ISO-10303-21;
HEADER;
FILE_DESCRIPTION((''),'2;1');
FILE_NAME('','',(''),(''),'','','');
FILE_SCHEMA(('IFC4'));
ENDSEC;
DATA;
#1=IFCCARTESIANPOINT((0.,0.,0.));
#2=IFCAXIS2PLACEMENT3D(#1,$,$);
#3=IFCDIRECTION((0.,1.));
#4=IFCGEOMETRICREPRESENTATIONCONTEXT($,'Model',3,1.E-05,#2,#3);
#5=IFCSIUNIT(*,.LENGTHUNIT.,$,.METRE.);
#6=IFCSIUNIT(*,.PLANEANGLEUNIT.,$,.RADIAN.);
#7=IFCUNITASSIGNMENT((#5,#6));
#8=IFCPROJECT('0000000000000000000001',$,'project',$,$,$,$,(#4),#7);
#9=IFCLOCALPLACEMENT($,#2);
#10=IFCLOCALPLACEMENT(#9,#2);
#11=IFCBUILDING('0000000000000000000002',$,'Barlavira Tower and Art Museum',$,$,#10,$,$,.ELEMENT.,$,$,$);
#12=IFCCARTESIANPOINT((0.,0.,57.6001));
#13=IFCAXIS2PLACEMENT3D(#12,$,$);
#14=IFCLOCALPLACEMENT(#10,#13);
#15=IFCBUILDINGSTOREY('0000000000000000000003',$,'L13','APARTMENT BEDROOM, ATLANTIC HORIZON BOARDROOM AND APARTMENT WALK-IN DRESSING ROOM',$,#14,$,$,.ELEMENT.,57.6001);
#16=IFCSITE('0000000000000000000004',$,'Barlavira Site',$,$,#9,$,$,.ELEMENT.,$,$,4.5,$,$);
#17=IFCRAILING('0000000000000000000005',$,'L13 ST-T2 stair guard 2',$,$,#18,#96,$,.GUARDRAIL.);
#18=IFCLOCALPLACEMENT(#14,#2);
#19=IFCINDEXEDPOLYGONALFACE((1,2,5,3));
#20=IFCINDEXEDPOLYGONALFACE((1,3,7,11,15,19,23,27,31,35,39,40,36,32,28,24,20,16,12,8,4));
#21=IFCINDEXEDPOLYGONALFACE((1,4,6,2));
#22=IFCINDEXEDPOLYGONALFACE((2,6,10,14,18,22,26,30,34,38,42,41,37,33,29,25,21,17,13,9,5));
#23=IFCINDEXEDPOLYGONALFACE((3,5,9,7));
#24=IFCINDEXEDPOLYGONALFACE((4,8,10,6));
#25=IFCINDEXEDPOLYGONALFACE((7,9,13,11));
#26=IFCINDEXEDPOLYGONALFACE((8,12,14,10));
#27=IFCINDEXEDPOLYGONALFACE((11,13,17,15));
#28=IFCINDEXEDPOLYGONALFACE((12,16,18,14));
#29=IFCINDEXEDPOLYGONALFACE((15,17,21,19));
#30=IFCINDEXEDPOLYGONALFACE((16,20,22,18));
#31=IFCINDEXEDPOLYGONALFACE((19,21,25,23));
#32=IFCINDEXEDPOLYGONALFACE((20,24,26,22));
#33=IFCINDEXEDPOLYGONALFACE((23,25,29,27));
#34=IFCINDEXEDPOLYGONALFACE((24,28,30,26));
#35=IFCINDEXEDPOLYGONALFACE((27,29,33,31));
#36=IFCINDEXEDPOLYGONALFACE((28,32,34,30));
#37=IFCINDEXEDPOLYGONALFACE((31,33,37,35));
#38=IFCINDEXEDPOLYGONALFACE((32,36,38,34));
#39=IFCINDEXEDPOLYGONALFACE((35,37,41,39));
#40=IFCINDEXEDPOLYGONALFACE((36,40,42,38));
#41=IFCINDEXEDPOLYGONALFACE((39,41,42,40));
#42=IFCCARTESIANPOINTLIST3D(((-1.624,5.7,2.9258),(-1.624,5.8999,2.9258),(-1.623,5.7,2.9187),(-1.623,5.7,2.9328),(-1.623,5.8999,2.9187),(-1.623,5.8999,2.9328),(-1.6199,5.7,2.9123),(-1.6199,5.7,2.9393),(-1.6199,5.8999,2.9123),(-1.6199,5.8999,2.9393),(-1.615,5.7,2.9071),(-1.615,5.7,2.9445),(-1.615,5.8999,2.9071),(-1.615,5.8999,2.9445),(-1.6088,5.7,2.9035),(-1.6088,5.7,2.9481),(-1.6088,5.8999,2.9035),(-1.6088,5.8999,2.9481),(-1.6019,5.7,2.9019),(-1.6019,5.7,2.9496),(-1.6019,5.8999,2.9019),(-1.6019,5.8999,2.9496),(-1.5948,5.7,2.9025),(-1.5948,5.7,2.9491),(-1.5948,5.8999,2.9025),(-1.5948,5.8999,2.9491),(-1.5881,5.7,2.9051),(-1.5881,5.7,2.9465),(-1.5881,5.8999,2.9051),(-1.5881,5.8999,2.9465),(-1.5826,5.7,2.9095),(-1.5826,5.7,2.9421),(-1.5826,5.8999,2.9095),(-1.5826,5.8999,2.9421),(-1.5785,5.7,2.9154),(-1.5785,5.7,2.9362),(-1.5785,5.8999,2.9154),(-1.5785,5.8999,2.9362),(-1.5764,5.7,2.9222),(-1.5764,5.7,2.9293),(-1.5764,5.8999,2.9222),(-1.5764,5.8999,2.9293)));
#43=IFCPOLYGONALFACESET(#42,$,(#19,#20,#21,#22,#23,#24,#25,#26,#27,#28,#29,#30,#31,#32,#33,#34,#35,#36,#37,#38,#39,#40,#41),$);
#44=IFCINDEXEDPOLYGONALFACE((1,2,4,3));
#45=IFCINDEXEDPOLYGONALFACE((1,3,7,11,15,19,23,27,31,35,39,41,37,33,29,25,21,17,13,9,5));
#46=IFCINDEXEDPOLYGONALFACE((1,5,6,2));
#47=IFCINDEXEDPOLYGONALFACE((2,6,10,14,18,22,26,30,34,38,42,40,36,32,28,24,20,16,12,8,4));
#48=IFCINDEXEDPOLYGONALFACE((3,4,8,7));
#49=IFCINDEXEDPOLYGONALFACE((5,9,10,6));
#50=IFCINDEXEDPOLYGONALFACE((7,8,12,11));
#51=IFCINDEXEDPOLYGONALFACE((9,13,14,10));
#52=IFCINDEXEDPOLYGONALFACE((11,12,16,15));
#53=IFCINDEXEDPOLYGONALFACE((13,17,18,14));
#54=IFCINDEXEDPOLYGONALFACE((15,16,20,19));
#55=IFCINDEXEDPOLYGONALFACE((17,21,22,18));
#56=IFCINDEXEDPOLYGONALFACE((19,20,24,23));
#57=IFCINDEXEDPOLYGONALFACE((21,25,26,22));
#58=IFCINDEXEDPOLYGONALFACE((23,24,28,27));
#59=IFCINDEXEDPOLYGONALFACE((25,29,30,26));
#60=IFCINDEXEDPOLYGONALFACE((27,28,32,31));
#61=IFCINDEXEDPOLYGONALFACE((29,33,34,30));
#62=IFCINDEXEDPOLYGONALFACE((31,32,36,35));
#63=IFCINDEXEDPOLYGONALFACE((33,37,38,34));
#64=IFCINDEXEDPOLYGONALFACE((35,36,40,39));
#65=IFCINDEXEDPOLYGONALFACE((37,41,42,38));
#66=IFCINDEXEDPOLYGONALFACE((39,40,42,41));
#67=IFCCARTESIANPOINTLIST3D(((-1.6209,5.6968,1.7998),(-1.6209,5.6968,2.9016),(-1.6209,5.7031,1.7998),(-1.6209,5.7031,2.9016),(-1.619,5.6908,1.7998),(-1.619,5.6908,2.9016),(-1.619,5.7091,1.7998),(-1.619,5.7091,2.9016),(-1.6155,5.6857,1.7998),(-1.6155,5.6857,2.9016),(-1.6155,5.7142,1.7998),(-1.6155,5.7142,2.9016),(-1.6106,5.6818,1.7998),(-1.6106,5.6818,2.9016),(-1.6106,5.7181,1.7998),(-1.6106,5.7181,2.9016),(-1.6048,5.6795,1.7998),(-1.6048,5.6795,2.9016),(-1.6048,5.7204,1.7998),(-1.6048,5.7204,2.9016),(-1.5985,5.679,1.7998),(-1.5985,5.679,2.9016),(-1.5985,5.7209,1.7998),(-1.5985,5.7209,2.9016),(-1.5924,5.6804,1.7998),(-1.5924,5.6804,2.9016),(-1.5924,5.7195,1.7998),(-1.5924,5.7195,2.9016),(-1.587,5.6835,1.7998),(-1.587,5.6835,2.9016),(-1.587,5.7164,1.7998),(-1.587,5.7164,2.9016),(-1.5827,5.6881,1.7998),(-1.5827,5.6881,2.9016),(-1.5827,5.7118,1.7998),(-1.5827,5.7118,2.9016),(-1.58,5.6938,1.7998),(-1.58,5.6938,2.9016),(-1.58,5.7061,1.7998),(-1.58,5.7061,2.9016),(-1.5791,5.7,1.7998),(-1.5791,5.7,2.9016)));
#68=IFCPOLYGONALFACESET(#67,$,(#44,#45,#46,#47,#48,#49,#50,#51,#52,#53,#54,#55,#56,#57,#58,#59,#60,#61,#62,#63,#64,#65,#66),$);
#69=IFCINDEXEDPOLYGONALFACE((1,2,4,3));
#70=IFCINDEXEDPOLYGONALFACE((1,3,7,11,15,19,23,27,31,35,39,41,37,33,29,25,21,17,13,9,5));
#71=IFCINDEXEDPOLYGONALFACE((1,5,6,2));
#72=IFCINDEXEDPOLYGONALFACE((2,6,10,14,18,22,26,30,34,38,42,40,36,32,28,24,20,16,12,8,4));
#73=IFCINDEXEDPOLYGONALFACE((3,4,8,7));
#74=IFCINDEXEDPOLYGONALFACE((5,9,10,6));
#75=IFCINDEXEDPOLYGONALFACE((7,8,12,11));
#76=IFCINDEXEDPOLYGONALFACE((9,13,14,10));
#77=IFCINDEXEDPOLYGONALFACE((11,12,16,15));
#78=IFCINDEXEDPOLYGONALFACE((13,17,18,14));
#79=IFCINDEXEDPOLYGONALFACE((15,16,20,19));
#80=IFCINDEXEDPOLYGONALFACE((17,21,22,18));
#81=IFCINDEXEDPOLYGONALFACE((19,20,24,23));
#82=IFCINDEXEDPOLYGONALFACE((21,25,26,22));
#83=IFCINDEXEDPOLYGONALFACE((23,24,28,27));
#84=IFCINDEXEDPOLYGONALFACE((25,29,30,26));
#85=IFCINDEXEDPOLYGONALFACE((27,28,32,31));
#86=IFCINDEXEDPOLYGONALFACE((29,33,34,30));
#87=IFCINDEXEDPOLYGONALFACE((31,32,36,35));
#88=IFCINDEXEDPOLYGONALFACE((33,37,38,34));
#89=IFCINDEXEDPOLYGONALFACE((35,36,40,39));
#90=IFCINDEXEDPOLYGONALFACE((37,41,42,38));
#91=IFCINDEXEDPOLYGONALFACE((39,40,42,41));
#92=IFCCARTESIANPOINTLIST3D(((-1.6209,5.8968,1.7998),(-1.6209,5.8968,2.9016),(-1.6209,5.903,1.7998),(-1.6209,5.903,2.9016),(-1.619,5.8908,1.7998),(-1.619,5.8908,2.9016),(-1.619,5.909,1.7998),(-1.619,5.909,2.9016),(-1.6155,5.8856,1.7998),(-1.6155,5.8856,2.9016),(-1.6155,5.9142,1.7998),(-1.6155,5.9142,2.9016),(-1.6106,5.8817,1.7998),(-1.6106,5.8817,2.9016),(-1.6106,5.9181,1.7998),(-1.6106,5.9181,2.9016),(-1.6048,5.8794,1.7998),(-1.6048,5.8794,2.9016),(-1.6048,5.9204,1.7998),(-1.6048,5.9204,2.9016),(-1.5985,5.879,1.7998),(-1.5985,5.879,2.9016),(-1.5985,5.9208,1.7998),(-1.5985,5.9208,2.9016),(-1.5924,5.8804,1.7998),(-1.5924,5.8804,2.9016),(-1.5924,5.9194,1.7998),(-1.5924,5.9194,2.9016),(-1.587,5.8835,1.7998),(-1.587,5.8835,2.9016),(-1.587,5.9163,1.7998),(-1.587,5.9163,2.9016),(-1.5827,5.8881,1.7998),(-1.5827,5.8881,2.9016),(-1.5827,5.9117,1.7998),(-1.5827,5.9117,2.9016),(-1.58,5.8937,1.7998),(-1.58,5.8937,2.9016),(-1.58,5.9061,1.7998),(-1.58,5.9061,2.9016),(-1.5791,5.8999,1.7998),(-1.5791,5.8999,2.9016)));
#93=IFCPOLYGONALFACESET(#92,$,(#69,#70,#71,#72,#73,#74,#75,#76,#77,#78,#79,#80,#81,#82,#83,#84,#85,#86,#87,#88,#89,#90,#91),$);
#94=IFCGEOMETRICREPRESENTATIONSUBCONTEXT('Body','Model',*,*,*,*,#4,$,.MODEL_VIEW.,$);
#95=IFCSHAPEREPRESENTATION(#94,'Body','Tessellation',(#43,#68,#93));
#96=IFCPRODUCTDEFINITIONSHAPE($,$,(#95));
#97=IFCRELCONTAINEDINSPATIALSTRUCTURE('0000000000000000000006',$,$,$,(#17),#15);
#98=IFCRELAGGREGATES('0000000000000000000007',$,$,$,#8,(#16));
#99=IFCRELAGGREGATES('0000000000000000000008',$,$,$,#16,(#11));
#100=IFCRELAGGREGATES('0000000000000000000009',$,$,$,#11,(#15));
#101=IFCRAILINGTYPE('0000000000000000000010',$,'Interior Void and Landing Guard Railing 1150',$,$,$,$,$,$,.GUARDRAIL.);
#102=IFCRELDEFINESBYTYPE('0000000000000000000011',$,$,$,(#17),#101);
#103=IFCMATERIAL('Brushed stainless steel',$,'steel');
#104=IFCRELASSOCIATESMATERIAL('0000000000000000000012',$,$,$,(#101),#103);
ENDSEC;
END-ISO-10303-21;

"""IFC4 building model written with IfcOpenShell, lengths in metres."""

from ifc_helpers import new_model, si_unit, direction, frame, origin, origin_2d, place, context, subcontext, project, spatial, circle, extrude, material, type_object, element, save


model = new_model("IFC4")

# Units and contexts
model_context = context("Model", 3, precision=1e-05, world=origin(), true_north=direction((0.0, 1.0)))
body_context = subcontext(model_context, "Body", "Model", "MODEL_VIEW")
ifc_project = project(units=[si_unit("LENGTHUNIT", "METRE"), si_unit("PLANEANGLEUNIT", "RADIAN")], contexts=[model_context])

# Site, building, storey
site_placement = place(None, origin())
site = spatial("IfcSite", under=ifc_project, at=site_placement, Name="Barlavira Site", CompositionType="ELEMENT", RefElevation=4.5)
building_placement = place(site_placement, origin())
building = spatial("IfcBuilding", under=site, at=building_placement, Name="Barlavira Tower and Art Museum", CompositionType="ELEMENT")
storey_placement = place(building_placement, frame((0.0, 0.0, 57.6001)))
storey = spatial("IfcBuildingStorey", under=building, at=storey_placement, Name="L13", Description="APARTMENT BEDROOM, ATLANTIC HORIZON BOARDROOM AND APARTMENT WALK-IN DRESSING ROOM", CompositionType="ELEMENT", Elevation=57.6001)

# Shared definitions
ifc_material_1 = material(Name="Brushed stainless steel", Category="steel")

# Railing
railing_type_1 = type_object("IfcRailingType", Name="Interior Void and Landing Guard Railing 1150", PredefinedType="GUARDRAIL", material=ifc_material_1)
railing_1_placement = place(storey_placement, frame((-1.6001, 5.7, 1.7998)))
element("IfcRailing", 1, at=railing_1_placement, inside=storey, type_object=railing_type_1, Name="L13 ST-T2 stair guard 2", PredefinedType="GUARDRAIL", context=body_context, shape_type="SweptSolid", body=[
    extrude(circle(Radius=0.0239, at=origin_2d()), frame((0.0, 0.0, 1.126), z_axis=(0.0, 1.0, 0.0), x_axis=(-1.0, 0.0, 0.0)), (0.0, 0.0, 1.0), 0.2),
    extrude(circle(Radius=0.021, at=origin_2d()), origin(), (0.0, 0.0, 1.0), 1.1018),
    extrude(circle(Radius=0.021, at=origin_2d()), frame((0.0, 0.2, 0.0)), (0.0, 0.0, 1.0), 1.1018),
])

save(model, "model.ifc")
